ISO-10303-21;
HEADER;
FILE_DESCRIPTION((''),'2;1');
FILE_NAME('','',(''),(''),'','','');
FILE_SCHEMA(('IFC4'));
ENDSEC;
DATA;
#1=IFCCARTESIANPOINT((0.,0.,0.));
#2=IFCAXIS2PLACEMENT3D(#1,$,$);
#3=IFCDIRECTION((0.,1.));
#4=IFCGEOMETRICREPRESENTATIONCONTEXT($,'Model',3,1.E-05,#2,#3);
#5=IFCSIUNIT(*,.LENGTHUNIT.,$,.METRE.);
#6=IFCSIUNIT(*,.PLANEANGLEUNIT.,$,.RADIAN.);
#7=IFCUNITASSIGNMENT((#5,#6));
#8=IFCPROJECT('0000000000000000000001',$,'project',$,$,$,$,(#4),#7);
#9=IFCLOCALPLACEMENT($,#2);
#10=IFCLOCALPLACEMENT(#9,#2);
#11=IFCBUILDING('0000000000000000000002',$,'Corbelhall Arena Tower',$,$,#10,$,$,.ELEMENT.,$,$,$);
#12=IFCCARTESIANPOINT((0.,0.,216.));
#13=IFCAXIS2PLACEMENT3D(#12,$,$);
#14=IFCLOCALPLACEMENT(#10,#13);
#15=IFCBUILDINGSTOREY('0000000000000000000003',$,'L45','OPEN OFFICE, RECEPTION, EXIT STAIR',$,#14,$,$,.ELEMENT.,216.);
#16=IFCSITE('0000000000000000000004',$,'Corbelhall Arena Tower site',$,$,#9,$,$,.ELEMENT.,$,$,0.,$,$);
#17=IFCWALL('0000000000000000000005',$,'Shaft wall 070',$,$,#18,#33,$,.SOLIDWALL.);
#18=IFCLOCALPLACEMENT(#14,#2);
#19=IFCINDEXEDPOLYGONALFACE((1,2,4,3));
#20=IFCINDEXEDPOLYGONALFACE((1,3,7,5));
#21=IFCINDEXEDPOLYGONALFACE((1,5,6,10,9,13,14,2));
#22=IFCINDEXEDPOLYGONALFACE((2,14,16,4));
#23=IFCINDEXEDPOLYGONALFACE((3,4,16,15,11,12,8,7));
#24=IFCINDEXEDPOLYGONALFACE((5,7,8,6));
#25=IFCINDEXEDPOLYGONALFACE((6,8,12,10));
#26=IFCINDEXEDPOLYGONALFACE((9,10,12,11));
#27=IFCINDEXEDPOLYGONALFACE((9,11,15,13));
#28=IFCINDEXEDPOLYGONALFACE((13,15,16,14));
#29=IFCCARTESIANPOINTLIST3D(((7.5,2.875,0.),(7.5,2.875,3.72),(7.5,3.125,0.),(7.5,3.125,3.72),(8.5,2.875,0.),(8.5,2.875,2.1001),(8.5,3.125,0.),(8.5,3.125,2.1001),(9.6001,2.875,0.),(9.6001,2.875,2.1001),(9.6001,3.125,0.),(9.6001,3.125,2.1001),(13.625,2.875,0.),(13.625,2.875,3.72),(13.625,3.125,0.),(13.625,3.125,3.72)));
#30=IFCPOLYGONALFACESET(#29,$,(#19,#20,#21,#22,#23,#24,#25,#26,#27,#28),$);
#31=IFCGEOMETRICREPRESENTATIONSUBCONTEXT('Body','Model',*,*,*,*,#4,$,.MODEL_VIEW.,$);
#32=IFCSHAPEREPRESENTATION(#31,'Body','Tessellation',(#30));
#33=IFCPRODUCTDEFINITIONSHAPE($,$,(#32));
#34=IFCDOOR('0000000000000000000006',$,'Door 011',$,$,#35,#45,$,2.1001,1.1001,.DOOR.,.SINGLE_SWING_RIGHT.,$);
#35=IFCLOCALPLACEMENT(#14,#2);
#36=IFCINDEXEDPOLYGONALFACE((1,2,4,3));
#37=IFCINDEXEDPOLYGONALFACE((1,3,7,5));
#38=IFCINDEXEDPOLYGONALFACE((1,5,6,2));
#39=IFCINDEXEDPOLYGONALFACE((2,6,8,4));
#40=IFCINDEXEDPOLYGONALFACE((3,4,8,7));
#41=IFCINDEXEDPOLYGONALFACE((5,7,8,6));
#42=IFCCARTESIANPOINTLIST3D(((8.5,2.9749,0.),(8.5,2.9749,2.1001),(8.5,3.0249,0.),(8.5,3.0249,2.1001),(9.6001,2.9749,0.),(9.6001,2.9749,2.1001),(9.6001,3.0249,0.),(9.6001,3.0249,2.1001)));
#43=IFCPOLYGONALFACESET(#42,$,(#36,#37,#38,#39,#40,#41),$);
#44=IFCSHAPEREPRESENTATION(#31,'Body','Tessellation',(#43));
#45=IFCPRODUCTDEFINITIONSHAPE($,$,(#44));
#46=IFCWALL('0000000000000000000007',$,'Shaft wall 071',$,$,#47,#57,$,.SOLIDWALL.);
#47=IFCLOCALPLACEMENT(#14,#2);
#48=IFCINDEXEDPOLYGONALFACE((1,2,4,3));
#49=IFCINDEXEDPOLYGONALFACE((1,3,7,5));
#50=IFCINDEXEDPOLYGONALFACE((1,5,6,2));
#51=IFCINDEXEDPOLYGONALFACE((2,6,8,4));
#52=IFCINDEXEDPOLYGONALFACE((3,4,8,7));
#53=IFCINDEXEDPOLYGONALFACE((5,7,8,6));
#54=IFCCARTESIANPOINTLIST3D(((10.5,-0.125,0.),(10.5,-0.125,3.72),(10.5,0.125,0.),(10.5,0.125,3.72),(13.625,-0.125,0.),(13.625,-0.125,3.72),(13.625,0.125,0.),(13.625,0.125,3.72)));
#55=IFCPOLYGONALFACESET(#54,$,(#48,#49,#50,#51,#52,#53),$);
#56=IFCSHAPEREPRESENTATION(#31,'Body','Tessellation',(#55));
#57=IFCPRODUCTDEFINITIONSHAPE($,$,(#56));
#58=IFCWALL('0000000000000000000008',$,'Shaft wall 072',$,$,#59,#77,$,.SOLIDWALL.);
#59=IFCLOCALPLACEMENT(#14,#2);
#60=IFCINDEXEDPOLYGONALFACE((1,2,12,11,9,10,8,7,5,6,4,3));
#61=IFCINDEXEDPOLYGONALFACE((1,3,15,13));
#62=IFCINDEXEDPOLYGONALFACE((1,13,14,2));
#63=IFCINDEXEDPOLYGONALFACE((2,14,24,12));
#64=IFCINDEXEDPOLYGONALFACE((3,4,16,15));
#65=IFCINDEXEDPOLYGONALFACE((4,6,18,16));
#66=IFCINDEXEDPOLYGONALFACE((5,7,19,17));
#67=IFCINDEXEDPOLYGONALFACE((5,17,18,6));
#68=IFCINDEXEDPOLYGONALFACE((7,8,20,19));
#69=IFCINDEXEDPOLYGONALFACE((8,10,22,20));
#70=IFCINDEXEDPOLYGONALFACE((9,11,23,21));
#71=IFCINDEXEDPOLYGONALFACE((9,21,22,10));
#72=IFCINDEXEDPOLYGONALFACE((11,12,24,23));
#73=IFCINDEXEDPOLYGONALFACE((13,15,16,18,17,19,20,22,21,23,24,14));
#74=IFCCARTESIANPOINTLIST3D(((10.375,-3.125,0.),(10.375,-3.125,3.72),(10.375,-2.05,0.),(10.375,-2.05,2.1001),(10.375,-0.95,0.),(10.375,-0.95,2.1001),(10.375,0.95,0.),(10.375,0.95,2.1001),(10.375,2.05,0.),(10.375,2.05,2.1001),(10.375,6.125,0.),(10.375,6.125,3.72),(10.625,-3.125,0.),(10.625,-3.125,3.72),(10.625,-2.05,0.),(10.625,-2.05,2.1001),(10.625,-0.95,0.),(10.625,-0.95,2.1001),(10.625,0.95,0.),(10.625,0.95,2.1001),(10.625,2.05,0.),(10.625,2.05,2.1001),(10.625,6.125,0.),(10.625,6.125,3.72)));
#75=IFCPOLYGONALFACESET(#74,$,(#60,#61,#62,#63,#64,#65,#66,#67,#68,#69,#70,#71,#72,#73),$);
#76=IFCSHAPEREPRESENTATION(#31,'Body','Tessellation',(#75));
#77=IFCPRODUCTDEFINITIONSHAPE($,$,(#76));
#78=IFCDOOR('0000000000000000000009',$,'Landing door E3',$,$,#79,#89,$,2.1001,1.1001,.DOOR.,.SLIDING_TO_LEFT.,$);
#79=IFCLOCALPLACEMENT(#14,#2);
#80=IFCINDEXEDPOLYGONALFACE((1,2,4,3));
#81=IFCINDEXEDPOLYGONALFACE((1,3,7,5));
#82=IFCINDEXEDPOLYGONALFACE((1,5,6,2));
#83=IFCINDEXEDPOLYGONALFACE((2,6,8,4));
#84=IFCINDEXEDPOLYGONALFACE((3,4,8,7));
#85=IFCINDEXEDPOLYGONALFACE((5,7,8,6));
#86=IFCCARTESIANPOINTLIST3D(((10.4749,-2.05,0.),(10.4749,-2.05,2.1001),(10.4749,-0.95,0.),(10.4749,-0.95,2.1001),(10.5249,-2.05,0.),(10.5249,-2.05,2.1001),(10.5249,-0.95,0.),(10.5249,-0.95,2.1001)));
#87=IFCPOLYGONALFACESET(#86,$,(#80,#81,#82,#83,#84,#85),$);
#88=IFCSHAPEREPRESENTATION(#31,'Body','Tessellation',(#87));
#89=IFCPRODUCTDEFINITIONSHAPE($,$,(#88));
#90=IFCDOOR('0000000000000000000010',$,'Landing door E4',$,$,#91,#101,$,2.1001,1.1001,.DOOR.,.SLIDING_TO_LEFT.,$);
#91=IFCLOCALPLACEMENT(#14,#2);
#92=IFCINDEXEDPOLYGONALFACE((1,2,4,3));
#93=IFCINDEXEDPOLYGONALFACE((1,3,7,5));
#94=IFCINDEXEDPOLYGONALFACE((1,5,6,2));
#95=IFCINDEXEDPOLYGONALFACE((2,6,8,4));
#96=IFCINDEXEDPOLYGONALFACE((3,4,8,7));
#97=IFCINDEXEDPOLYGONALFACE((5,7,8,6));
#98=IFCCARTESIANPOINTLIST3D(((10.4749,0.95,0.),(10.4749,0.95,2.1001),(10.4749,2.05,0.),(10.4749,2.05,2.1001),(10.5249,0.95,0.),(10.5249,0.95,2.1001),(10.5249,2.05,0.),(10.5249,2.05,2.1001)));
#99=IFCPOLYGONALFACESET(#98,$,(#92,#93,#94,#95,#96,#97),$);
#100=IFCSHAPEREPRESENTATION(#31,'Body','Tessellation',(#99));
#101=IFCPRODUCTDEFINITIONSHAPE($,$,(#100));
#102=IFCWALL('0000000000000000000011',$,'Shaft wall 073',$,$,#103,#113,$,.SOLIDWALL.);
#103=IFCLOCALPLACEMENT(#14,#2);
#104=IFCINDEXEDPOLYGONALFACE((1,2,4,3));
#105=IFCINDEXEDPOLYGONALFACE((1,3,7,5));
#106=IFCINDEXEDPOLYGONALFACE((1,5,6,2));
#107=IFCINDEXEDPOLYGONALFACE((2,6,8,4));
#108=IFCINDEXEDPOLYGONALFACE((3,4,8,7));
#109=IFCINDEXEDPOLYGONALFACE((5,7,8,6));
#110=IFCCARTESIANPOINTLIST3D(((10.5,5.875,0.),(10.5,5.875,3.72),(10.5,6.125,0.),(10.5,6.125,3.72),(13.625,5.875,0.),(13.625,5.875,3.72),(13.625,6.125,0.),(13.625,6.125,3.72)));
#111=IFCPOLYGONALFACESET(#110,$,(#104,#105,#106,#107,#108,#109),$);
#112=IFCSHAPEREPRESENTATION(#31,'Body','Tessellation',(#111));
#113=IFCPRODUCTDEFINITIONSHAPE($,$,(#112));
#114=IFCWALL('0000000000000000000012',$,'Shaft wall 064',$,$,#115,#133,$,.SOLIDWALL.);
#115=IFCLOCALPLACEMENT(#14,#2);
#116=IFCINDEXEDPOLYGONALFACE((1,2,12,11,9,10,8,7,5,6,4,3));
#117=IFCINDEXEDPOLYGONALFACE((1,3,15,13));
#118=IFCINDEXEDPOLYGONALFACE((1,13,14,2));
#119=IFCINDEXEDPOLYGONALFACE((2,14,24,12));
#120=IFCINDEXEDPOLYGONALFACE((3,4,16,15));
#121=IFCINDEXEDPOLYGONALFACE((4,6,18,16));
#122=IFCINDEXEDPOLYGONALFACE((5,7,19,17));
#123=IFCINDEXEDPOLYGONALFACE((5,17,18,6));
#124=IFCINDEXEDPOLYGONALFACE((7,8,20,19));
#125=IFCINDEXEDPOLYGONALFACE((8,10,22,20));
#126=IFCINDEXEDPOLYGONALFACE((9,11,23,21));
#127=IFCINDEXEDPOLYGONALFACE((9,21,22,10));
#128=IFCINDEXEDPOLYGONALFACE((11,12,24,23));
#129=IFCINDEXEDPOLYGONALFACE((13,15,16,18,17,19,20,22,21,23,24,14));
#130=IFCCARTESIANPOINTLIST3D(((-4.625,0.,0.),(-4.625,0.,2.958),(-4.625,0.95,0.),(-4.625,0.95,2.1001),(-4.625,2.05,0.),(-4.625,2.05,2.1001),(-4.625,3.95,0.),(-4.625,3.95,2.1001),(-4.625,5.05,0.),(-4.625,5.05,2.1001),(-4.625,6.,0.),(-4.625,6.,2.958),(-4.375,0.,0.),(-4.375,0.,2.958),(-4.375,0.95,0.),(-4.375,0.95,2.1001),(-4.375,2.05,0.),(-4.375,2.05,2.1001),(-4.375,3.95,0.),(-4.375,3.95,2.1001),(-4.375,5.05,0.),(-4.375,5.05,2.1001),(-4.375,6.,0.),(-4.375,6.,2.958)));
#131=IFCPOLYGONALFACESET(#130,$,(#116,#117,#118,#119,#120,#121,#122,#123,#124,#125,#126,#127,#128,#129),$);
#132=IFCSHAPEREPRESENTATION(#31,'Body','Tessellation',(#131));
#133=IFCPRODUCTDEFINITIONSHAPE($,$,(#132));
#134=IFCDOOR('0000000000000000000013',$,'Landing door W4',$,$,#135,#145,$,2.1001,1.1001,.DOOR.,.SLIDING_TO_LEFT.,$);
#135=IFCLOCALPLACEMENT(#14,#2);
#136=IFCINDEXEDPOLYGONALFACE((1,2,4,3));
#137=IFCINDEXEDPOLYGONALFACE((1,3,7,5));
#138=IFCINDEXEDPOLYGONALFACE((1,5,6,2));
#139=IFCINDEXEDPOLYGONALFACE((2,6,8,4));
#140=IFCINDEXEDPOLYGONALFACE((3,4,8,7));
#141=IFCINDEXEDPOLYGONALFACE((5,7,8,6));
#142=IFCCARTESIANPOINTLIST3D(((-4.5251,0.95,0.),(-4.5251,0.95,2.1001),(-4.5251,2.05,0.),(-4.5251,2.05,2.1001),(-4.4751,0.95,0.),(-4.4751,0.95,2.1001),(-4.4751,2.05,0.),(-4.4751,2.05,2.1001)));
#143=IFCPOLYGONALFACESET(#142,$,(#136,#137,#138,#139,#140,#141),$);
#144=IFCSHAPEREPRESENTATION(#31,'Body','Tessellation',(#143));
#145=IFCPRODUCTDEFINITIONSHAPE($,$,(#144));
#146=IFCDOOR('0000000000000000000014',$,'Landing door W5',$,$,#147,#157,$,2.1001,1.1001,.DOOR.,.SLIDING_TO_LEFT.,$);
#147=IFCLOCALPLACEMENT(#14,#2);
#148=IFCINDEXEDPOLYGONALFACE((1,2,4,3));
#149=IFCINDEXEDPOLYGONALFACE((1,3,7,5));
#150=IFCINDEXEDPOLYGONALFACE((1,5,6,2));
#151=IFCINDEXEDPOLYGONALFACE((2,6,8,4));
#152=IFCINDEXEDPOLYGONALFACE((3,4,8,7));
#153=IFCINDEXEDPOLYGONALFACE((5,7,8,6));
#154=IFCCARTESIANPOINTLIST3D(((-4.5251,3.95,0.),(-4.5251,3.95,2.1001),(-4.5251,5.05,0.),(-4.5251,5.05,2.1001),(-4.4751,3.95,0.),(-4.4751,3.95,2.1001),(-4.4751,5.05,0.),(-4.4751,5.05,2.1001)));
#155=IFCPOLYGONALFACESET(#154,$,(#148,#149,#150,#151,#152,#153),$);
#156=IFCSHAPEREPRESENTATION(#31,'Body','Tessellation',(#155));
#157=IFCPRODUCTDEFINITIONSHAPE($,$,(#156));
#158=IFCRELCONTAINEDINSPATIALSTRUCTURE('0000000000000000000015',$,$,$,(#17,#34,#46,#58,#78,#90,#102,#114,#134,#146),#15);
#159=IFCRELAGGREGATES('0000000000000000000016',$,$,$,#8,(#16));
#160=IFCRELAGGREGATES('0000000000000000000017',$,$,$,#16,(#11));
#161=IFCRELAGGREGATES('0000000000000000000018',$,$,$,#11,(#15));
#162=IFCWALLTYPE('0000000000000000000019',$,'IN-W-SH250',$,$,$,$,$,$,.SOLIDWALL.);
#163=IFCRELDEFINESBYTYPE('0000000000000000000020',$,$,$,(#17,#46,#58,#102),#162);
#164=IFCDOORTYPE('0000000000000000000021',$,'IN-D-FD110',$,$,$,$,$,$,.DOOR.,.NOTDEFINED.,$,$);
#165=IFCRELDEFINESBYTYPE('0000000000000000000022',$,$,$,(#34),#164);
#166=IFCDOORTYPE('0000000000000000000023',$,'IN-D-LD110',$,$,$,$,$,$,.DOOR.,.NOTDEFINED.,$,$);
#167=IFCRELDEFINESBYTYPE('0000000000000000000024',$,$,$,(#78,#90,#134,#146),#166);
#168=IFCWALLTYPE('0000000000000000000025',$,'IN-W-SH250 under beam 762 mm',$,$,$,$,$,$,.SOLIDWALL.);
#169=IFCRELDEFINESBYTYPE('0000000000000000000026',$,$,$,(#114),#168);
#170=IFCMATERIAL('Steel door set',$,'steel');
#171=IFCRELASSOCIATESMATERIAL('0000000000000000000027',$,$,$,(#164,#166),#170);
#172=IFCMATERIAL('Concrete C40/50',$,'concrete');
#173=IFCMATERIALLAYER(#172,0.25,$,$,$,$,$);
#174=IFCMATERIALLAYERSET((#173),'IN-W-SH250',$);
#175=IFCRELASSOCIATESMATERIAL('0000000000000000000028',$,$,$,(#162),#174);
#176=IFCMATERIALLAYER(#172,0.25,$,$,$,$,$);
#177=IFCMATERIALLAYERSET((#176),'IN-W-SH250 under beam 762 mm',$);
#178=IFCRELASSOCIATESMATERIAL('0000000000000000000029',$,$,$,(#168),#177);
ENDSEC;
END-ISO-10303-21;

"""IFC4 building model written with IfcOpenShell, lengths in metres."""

from ifc_helpers import new_model, si_unit, direction, frame, frame_2d, origin, place, context, subcontext, project, spatial, rectangle, extrude, material, layer, layer_set, type_object, element, fill, save


model = new_model("IFC4")

# Units and contexts
model_context = context("Model", 3, precision=1e-05, world=origin(), true_north=direction((0.0, 1.0)))
body_context = subcontext(model_context, "Body", "Model", "MODEL_VIEW")
ifc_project = project(units=[si_unit("LENGTHUNIT", "METRE"), si_unit("PLANEANGLEUNIT", "RADIAN")], contexts=[model_context])

# Site, building, storey
site_placement = place(None, origin())
site = spatial("IfcSite", under=ifc_project, at=site_placement, Name="Corbelhall Arena Tower site", CompositionType="ELEMENT", RefElevation=0.0)
building_placement = place(site_placement, origin())
building = spatial("IfcBuilding", under=site, at=building_placement, Name="Corbelhall Arena Tower", CompositionType="ELEMENT")
storey_placement = place(building_placement, frame((0.0, 0.0, 216.0)))
storey = spatial("IfcBuildingStorey", under=building, at=storey_placement, Name="L45", Description="OPEN OFFICE, RECEPTION, EXIT STAIR", CompositionType="ELEMENT", Elevation=216.0)

# Shared definitions
ifc_material_1 = material(Name="Concrete C40/50", Category="concrete")

# Shared definitions
ifc_material_2 = material(Name="Steel door set", Category="steel")
door_type_1 = type_object("IfcDoorType", Name="IN-D-FD110", OperationType="NOTDEFINED", PredefinedType="DOOR", material=ifc_material_2)

# Shared definitions
ifc_layer_1 = layer(ifc_material_1, 0.25)
ifc_layer_set_1 = layer_set([ifc_layer_1], Name="IN-W-SH250")
wall_type_1 = type_object("IfcWallType", Name="IN-W-SH250", PredefinedType="SOLIDWALL", material=ifc_layer_set_1)

# Wall, opening, door
wall_1_placement = place(storey_placement, frame((7.5, 3.0, 0.0), z_axis=(0.0, 0.0, 1.0), x_axis=(1.0, 0.0, 0.0)))
wall_1 = element("IfcWall", 1, at=wall_1_placement, inside=storey, type_object=wall_type_1, Name="Shaft wall 070", PredefinedType="SOLIDWALL", context=body_context, shape_type="SweptSolid", body=[
    extrude(rectangle(XDim=6.125, YDim=0.25, at=frame_2d((3.0625, 0.0))), origin(), (0.0, 0.0, 1.0), 3.72),
])
opening_1_placement = place(wall_1_placement, frame((1.0, 0.0, 0.0)))
opening_1 = element("IfcOpeningElement", 2, at=opening_1_placement, cuts=wall_1, PredefinedType="OPENING", context=body_context, shape_type="SweptSolid", body=[
    extrude(rectangle(XDim=1.1001, YDim=2.1001, at=frame_2d((0.55, 1.05))), frame((0.0, 0.125, 0.0), z_axis=(0.0, -1.0, 0.0), x_axis=(1.0, 0.0, 0.0)), (0.0, 0.0, 1.0), 0.25),
])
door_1_placement = place(opening_1_placement, origin())
door_1 = element("IfcDoor", 3, at=door_1_placement, inside=storey, type_object=door_type_1, Name="Door 011", OperationType="SINGLE_SWING_RIGHT", OverallHeight=2.1001, OverallWidth=1.1001, PredefinedType="DOOR", context=body_context, shape_type="SweptSolid", body=[
    extrude(rectangle(XDim=1.1001, YDim=2.1001, at=frame_2d((0.55, 1.05))), frame((0.0, 0.0249, 0.0), z_axis=(0.0, -1.0, 0.0), x_axis=(1.0, 0.0, 0.0)), (0.0, 0.0, 1.0), 0.05),
])
fill(opening_1, door_1)

# Wall
wall_2_placement = place(storey_placement, frame((10.5, 0.0, 0.0), z_axis=(0.0, 0.0, 1.0), x_axis=(1.0, 0.0, 0.0)))
element("IfcWall", 4, at=wall_2_placement, inside=storey, type_object=wall_type_1, Name="Shaft wall 071", PredefinedType="SOLIDWALL", context=body_context, shape_type="SweptSolid", body=[
    extrude(rectangle(XDim=3.125, YDim=0.25, at=frame_2d((1.5625, 0.0))), origin(), (0.0, 0.0, 1.0), 3.72),
])

# Wall, openings, doors
wall_3_placement = place(storey_placement, frame((10.5, 6.125, 0.0), z_axis=(0.0, 0.0, 1.0), x_axis=(0.0, -1.0, 0.0)))
wall_3 = element("IfcWall", 5, at=wall_3_placement, inside=storey, type_object=wall_type_1, Name="Shaft wall 072", PredefinedType="SOLIDWALL", context=body_context, shape_type="SweptSolid", body=[
    extrude(rectangle(XDim=9.25, YDim=0.25, at=frame_2d((4.625, 0.0))), origin(), (0.0, 0.0, 1.0), 3.72),
])
opening_2_placement = place(wall_3_placement, frame((7.075, 0.0, 0.0)))
opening_2 = element("IfcOpeningElement", 6, at=opening_2_placement, cuts=wall_3, PredefinedType="OPENING", context=body_context, shape_type="SweptSolid", body=[
    extrude(rectangle(XDim=1.1001, YDim=2.1001, at=frame_2d((0.55, 1.05))), frame((0.0, 0.125, 0.0), z_axis=(0.0, -1.0, 0.0), x_axis=(1.0, 0.0, 0.0)), (0.0, 0.0, 1.0), 0.25),
])
opening_3_placement = place(wall_3_placement, frame((4.075, 0.0, 0.0)))
opening_3 = element("IfcOpeningElement", 7, at=opening_3_placement, cuts=wall_3, PredefinedType="OPENING", context=body_context, shape_type="SweptSolid", body=[
    extrude(rectangle(XDim=1.1001, YDim=2.1001, at=frame_2d((0.55, 1.05))), frame((0.0, 0.125, 0.0), z_axis=(0.0, -1.0, 0.0), x_axis=(1.0, 0.0, 0.0)), (0.0, 0.0, 1.0), 0.25),
])
door_type_2 = type_object("IfcDoorType", Name="IN-D-LD110", OperationType="NOTDEFINED", PredefinedType="DOOR", material=ifc_material_2)
door_2_placement = place(opening_2_placement, origin())
door_2 = element("IfcDoor", 8, at=door_2_placement, inside=storey, type_object=door_type_2, Name="Landing door E3", OperationType="SLIDING_TO_LEFT", OverallHeight=2.1001, OverallWidth=1.1001, PredefinedType="DOOR", context=body_context, shape_type="SweptSolid", body=[
    extrude(rectangle(XDim=1.1001, YDim=2.1001, at=frame_2d((0.55, 1.05))), frame((0.0, 0.0249, 0.0), z_axis=(0.0, -1.0, 0.0), x_axis=(1.0, 0.0, 0.0)), (0.0, 0.0, 1.0), 0.05),
])
fill(opening_2, door_2)
door_3_placement = place(opening_3_placement, origin())
door_3 = element("IfcDoor", 9, at=door_3_placement, inside=storey, type_object=door_type_2, Name="Landing door E4", OperationType="SLIDING_TO_LEFT", OverallHeight=2.1001, OverallWidth=1.1001, PredefinedType="DOOR", context=body_context, shape_type="SweptSolid", body=[
    extrude(rectangle(XDim=1.1001, YDim=2.1001, at=frame_2d((0.55, 1.05))), frame((0.0, 0.0249, 0.0), z_axis=(0.0, -1.0, 0.0), x_axis=(1.0, 0.0, 0.0)), (0.0, 0.0, 1.0), 0.05),
])
fill(opening_3, door_3)

# Wall
wall_4_placement = place(storey_placement, frame((10.5, 6.0, 0.0), z_axis=(0.0, 0.0, 1.0), x_axis=(1.0, 0.0, 0.0)))
element("IfcWall", 10, at=wall_4_placement, inside=storey, type_object=wall_type_1, Name="Shaft wall 073", PredefinedType="SOLIDWALL", context=body_context, shape_type="SweptSolid", body=[
    extrude(rectangle(XDim=3.125, YDim=0.25, at=frame_2d((1.5625, 0.0))), origin(), (0.0, 0.0, 1.0), 3.72),
])

# Wall, openings, doors
ifc_layer_2 = layer(ifc_material_1, 0.25)
ifc_layer_set_2 = layer_set([ifc_layer_2], Name="IN-W-SH250 under beam 762 mm")
wall_type_2 = type_object("IfcWallType", Name="IN-W-SH250 under beam 762 mm", PredefinedType="SOLIDWALL", material=ifc_layer_set_2)
wall_5_placement = place(storey_placement, frame((-4.5, 6.0, 0.0), z_axis=(0.0, 0.0, 1.0), x_axis=(0.0, -1.0, 0.0)))
wall_5 = element("IfcWall", 11, at=wall_5_placement, inside=storey, type_object=wall_type_2, Name="Shaft wall 064", PredefinedType="SOLIDWALL", context=body_context, shape_type="SweptSolid", body=[
    extrude(rectangle(XDim=6.0, YDim=0.25, at=frame_2d((3.0, 0.0))), origin(), (0.0, 0.0, 1.0), 2.958),
])
opening_4_placement = place(wall_5_placement, frame((3.95, 0.0, 0.0)))
opening_4 = element("IfcOpeningElement", 12, at=opening_4_placement, cuts=wall_5, PredefinedType="OPENING", context=body_context, shape_type="SweptSolid", body=[
    extrude(rectangle(XDim=1.1001, YDim=2.1001, at=frame_2d((0.55, 1.05))), frame((0.0, 0.125, 0.0), z_axis=(0.0, -1.0, 0.0), x_axis=(1.0, 0.0, 0.0)), (0.0, 0.0, 1.0), 0.25),
])
opening_5_placement = place(wall_5_placement, frame((0.95, 0.0, 0.0)))
opening_5 = element("IfcOpeningElement", 13, at=opening_5_placement, cuts=wall_5, PredefinedType="OPENING", context=body_context, shape_type="SweptSolid", body=[
    extrude(rectangle(XDim=1.1001, YDim=2.1001, at=frame_2d((0.55, 1.05))), frame((0.0, 0.125, 0.0), z_axis=(0.0, -1.0, 0.0), x_axis=(1.0, 0.0, 0.0)), (0.0, 0.0, 1.0), 0.25),
])
door_4_placement = place(opening_4_placement, origin())
door_4 = element("IfcDoor", 14, at=door_4_placement, inside=storey, type_object=door_type_2, Name="Landing door W4", OperationType="SLIDING_TO_LEFT", OverallHeight=2.1001, OverallWidth=1.1001, PredefinedType="DOOR", context=body_context, shape_type="SweptSolid", body=[
    extrude(rectangle(XDim=1.1001, YDim=2.1001, at=frame_2d((0.55, 1.05))), frame((0.0, 0.0249, 0.0), z_axis=(0.0, -1.0, 0.0), x_axis=(1.0, 0.0, 0.0)), (0.0, 0.0, 1.0), 0.05),
])
fill(opening_4, door_4)
door_5_placement = place(opening_5_placement, origin())
door_5 = element("IfcDoor", 15, at=door_5_placement, inside=storey, type_object=door_type_2, Name="Landing door W5", OperationType="SLIDING_TO_LEFT", OverallHeight=2.1001, OverallWidth=1.1001, PredefinedType="DOOR", context=body_context, shape_type="SweptSolid", body=[
    extrude(rectangle(XDim=1.1001, YDim=2.1001, at=frame_2d((0.55, 1.05))), frame((0.0, 0.0249, 0.0), z_axis=(0.0, -1.0, 0.0), x_axis=(1.0, 0.0, 0.0)), (0.0, 0.0, 1.0), 0.05),
])
fill(opening_5, door_5)

save(model, "model.ifc")
